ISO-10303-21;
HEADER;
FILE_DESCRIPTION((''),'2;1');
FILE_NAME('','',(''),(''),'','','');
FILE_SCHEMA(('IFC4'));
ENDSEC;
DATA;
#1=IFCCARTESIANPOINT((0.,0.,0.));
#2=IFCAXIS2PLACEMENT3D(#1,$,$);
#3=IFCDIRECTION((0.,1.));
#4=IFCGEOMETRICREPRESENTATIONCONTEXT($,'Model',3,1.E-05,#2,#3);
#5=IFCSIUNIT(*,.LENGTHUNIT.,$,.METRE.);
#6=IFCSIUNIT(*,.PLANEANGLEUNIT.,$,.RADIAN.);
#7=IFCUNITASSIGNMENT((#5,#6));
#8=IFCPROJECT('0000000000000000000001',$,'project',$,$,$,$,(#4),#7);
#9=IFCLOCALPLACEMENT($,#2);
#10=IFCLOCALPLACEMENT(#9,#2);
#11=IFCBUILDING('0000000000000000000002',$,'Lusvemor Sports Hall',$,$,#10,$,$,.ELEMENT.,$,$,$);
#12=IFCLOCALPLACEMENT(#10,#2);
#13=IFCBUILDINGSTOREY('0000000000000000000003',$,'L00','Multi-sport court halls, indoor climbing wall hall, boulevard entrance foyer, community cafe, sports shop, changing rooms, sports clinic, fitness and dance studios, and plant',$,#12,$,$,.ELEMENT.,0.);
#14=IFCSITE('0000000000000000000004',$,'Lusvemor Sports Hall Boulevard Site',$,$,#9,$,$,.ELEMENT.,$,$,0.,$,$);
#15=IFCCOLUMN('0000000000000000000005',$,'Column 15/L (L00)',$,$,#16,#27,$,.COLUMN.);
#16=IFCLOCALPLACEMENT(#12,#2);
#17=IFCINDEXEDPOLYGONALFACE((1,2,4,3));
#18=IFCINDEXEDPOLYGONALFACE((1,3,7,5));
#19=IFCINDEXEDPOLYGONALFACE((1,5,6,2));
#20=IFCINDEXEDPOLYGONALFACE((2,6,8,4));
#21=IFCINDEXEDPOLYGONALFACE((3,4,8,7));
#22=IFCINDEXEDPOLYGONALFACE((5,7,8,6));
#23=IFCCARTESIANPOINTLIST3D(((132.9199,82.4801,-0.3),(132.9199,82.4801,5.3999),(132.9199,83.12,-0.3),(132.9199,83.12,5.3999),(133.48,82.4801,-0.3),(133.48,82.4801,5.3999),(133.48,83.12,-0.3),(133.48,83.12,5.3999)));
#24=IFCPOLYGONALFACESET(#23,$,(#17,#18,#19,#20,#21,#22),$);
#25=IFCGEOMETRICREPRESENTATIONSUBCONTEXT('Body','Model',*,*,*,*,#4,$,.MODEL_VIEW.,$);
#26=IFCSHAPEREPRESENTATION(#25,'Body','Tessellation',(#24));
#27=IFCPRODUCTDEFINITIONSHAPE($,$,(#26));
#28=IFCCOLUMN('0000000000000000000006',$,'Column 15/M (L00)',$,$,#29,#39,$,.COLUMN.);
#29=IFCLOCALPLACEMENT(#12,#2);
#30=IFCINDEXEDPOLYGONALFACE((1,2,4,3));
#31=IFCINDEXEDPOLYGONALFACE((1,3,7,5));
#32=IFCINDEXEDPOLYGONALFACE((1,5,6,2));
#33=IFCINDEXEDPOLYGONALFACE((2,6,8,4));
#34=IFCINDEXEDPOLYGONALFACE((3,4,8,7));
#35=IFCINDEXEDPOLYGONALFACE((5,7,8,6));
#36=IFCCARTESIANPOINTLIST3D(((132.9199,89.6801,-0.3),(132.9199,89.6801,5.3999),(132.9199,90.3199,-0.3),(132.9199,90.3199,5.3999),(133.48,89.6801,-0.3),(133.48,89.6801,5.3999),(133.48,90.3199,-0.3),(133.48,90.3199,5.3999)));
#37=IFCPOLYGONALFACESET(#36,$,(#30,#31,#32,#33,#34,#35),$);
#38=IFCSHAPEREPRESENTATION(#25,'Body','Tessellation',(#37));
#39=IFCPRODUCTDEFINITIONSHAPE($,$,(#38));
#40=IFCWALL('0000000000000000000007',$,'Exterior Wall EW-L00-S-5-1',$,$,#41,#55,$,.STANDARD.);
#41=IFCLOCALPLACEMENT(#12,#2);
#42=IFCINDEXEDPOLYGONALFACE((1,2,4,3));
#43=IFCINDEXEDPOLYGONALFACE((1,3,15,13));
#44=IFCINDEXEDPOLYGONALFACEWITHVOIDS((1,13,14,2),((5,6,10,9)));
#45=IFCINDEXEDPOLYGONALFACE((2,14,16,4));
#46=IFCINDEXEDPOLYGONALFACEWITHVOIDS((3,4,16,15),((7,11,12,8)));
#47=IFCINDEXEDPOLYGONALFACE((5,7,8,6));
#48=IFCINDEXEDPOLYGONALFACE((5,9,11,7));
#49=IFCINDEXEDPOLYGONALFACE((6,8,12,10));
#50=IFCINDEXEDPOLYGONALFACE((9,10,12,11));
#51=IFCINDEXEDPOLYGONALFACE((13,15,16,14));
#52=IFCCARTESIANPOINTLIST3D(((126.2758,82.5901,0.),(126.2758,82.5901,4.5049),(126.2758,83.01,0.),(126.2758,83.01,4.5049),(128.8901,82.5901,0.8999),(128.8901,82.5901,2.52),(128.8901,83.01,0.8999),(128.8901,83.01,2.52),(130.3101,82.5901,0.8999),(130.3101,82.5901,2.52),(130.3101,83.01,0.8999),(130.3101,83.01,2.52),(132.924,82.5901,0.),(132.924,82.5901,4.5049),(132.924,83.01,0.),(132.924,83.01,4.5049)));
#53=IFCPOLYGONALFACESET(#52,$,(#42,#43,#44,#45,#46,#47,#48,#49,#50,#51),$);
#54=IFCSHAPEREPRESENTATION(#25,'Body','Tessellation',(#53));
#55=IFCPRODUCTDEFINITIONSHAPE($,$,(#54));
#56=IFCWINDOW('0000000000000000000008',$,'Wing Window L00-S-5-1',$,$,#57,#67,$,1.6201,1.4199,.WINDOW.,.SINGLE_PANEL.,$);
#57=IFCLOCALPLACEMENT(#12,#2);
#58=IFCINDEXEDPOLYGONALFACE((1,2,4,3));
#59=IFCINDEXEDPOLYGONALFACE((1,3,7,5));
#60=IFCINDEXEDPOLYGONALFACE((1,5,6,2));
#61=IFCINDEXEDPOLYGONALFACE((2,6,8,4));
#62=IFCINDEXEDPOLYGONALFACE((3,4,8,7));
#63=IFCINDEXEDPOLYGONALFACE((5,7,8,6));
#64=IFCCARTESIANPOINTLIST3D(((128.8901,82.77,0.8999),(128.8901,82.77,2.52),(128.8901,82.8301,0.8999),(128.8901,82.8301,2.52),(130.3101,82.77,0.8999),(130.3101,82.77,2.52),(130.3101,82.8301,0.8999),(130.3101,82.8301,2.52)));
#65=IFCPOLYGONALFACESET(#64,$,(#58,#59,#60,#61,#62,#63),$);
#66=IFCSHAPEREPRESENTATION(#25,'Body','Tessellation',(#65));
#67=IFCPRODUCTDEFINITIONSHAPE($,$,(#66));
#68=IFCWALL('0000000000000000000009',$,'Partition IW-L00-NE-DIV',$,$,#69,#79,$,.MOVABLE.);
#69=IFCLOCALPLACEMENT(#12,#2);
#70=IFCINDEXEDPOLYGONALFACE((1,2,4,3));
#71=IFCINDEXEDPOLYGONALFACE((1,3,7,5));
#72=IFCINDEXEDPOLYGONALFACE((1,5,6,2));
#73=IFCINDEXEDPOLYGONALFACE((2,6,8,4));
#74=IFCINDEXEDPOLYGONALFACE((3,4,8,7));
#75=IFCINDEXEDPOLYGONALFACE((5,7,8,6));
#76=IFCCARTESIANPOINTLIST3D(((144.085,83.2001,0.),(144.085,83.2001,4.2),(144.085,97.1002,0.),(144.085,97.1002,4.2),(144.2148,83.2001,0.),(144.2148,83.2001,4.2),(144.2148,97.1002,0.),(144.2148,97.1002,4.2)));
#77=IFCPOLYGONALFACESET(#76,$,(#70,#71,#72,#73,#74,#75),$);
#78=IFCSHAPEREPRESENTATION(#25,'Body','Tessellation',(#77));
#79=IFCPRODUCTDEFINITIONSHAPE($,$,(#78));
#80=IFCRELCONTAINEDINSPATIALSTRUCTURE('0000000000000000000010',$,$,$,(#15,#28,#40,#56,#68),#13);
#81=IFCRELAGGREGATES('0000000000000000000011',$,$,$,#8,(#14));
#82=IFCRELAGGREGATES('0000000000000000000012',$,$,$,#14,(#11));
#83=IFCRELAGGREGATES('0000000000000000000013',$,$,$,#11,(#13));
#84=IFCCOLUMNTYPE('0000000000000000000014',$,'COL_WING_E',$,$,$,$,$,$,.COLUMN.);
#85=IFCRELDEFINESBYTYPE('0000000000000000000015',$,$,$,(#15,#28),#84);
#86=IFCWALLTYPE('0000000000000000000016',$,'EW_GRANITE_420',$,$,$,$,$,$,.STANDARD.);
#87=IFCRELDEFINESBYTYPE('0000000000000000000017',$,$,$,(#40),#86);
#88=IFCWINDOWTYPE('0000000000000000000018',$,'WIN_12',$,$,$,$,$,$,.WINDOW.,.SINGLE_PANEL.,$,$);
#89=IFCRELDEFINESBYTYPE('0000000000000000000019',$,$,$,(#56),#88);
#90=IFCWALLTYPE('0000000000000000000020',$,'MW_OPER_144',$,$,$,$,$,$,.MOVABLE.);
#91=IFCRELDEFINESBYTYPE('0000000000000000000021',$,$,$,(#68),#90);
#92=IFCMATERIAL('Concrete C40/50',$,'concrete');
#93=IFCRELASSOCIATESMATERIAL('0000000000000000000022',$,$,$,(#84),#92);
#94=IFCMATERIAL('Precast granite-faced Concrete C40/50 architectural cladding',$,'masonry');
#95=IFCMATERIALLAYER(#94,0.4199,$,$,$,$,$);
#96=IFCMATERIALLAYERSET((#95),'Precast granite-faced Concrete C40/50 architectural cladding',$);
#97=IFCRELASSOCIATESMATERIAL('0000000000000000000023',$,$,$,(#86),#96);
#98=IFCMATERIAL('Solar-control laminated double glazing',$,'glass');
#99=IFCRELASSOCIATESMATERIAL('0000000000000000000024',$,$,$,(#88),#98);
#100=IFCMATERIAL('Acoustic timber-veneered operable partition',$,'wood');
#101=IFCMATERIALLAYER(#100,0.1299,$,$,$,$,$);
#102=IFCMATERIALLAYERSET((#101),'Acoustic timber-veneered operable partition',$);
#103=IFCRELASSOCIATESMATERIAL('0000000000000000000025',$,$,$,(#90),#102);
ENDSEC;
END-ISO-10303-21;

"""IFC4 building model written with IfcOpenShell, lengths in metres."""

from ifc_helpers import new_model, si_unit, direction, frame, frame_2d, origin, origin_2d, place, context, subcontext, project, spatial, rectangle, extrude, material, layer, layer_set, material_profile, profile_set, type_object, element, fill, save


model = new_model("IFC4")

# Units and contexts
model_context = context("Model", 3, precision=1e-05, world=origin(), true_north=direction((0.0, 1.0)))
body_context = subcontext(model_context, "Body", "Model", "MODEL_VIEW")
ifc_project = project(units=[si_unit("LENGTHUNIT", "METRE"), si_unit("PLANEANGLEUNIT", "RADIAN")], contexts=[model_context])

# Site, building, storey
site_placement = place(None, origin())
site = spatial("IfcSite", under=ifc_project, at=site_placement, Name="Lusvemor Sports Hall Boulevard Site", CompositionType="ELEMENT", RefElevation=0.0)
building_placement = place(site_placement, origin())
building = spatial("IfcBuilding", under=site, at=building_placement, Name="Lusvemor Sports Hall", CompositionType="ELEMENT")
storey_placement = place(building_placement, origin())
storey = spatial("IfcBuildingStorey", under=building, at=storey_placement, Name="L00", Description="Multi-sport court halls, indoor climbing wall hall, boulevard entrance foyer, community cafe, sports shop, changing rooms, sports clinic, fitness and dance studios, and plant", CompositionType="ELEMENT", Elevation=0.0)

# Columns
ifc_material_1 = material(Name="Concrete C40/50", Category="concrete")
ifc_material_profile_1 = material_profile(ifc_material_1, rectangle(XDim=0.5601, YDim=0.6399, at=origin_2d()), Name="RC560x640")
ifc_profile_set_1 = profile_set([ifc_material_profile_1], Name="Concrete C40/50")
column_type_1 = type_object("IfcColumnType", Name="COL_WING_E", PredefinedType="COLUMN", material=ifc_profile_set_1)
for number, where, z_axis, x_axis, name in (
    (1, (133.2, 82.8, -0.3), (0.0, 0.0, 1.0), (1.0, 0.0, 0.0), "Column 15/L (L00)"),
    (2, (133.2, 90.0, -0.3), (0.0, 0.0, 1.0), (1.0, 0.0, 0.0), "Column 15/M (L00)"),
):
    element("IfcColumn", number, at=place(storey_placement, frame(where, z_axis=z_axis, x_axis=x_axis)), inside=storey, type_object=column_type_1, Name=name, PredefinedType="COLUMN", context=body_context, shape_type="SweptSolid", body=[
        extrude(rectangle(XDim=0.5601, YDim=0.6399, at=origin_2d()), origin(), (0.0, 0.0, 1.0), 5.7),
    ])

# Wall, opening, window
ifc_material_2 = material(Name="Precast granite-faced Concrete C40/50 architectural cladding", Category="masonry")
ifc_layer_1 = layer(ifc_material_2, 0.4199)
ifc_layer_set_1 = layer_set([ifc_layer_1], Name="Precast granite-faced Concrete C40/50 architectural cladding")
wall_type_1 = type_object("IfcWallType", Name="EW_GRANITE_420", PredefinedType="STANDARD", material=ifc_layer_set_1)
wall_1_placement = place(storey_placement, frame((132.9241, 82.8, 0.0), z_axis=(0.0, 0.0, 1.0), x_axis=(-1.0, 0.0, 0.0)))
wall_1 = element("IfcWall", 3, at=wall_1_placement, inside=storey, type_object=wall_type_1, Name="Exterior Wall EW-L00-S-5-1", PredefinedType="STANDARD", context=body_context, shape_type="SweptSolid", body=[
    extrude(rectangle(XDim=6.6482, YDim=0.4199, at=frame_2d((3.3242, 0.0))), origin(), (0.0, 0.0, 1.0), 4.5049),
])
opening_placement = place(wall_1_placement, frame((2.614, 0.0, 0.8999)))
opening = element("IfcOpeningElement", 4, at=opening_placement, cuts=wall_1, PredefinedType="OPENING", context=body_context, shape_type="SweptSolid", body=[
    extrude(rectangle(XDim=1.4199, YDim=1.6201, at=frame_2d((0.71, 0.8101))), frame((0.0, 0.21, 0.0), z_axis=(0.0, -1.0, 0.0), x_axis=(1.0, 0.0, 0.0)), (0.0, 0.0, 1.0), 0.4199),
])
ifc_material_3 = material(Name="Solar-control laminated double glazing", Category="glass")
window_type = type_object("IfcWindowType", Name="WIN_12", PartitioningType="SINGLE_PANEL", PredefinedType="WINDOW", material=ifc_material_3)
window_placement = place(opening_placement, origin())
window = element("IfcWindow", 5, at=window_placement, inside=storey, type_object=window_type, Name="Wing Window L00-S-5-1", OverallHeight=1.6201, OverallWidth=1.4199, PartitioningType="SINGLE_PANEL", PredefinedType="WINDOW", context=body_context, shape_type="SweptSolid", body=[
    extrude(rectangle(XDim=1.4199, YDim=1.6201, at=frame_2d((0.71, 0.8101))), frame((0.0, 0.03, 0.0), z_axis=(0.0, -1.0, 0.0), x_axis=(1.0, 0.0, 0.0)), (0.0, 0.0, 1.0), 0.0601),
])
fill(opening, window)

# Wall
ifc_material_4 = material(Name="Acoustic timber-veneered operable partition", Category="wood")
ifc_layer_2 = layer(ifc_material_4, 0.1299)
ifc_layer_set_2 = layer_set([ifc_layer_2], Name="Acoustic timber-veneered operable partition")
wall_type_2 = type_object("IfcWallType", Name="MW_OPER_144", PredefinedType="MOVABLE", material=ifc_layer_set_2)
wall_2_placement = place(storey_placement, frame((144.1499, 83.2, 0.0), z_axis=(0.0, 0.0, 1.0), x_axis=(0.0, 1.0, 0.0)))
element("IfcWall", 6, at=wall_2_placement, inside=storey, type_object=wall_type_2, Name="Partition IW-L00-NE-DIV", PredefinedType="MOVABLE", context=body_context, shape_type="SweptSolid", body=[
    extrude(rectangle(XDim=13.9001, YDim=0.1299, at=frame_2d((6.9502, 0.0))), origin(), (0.0, 0.0, 1.0), 4.2),
])

save(model, "model.ifc")
